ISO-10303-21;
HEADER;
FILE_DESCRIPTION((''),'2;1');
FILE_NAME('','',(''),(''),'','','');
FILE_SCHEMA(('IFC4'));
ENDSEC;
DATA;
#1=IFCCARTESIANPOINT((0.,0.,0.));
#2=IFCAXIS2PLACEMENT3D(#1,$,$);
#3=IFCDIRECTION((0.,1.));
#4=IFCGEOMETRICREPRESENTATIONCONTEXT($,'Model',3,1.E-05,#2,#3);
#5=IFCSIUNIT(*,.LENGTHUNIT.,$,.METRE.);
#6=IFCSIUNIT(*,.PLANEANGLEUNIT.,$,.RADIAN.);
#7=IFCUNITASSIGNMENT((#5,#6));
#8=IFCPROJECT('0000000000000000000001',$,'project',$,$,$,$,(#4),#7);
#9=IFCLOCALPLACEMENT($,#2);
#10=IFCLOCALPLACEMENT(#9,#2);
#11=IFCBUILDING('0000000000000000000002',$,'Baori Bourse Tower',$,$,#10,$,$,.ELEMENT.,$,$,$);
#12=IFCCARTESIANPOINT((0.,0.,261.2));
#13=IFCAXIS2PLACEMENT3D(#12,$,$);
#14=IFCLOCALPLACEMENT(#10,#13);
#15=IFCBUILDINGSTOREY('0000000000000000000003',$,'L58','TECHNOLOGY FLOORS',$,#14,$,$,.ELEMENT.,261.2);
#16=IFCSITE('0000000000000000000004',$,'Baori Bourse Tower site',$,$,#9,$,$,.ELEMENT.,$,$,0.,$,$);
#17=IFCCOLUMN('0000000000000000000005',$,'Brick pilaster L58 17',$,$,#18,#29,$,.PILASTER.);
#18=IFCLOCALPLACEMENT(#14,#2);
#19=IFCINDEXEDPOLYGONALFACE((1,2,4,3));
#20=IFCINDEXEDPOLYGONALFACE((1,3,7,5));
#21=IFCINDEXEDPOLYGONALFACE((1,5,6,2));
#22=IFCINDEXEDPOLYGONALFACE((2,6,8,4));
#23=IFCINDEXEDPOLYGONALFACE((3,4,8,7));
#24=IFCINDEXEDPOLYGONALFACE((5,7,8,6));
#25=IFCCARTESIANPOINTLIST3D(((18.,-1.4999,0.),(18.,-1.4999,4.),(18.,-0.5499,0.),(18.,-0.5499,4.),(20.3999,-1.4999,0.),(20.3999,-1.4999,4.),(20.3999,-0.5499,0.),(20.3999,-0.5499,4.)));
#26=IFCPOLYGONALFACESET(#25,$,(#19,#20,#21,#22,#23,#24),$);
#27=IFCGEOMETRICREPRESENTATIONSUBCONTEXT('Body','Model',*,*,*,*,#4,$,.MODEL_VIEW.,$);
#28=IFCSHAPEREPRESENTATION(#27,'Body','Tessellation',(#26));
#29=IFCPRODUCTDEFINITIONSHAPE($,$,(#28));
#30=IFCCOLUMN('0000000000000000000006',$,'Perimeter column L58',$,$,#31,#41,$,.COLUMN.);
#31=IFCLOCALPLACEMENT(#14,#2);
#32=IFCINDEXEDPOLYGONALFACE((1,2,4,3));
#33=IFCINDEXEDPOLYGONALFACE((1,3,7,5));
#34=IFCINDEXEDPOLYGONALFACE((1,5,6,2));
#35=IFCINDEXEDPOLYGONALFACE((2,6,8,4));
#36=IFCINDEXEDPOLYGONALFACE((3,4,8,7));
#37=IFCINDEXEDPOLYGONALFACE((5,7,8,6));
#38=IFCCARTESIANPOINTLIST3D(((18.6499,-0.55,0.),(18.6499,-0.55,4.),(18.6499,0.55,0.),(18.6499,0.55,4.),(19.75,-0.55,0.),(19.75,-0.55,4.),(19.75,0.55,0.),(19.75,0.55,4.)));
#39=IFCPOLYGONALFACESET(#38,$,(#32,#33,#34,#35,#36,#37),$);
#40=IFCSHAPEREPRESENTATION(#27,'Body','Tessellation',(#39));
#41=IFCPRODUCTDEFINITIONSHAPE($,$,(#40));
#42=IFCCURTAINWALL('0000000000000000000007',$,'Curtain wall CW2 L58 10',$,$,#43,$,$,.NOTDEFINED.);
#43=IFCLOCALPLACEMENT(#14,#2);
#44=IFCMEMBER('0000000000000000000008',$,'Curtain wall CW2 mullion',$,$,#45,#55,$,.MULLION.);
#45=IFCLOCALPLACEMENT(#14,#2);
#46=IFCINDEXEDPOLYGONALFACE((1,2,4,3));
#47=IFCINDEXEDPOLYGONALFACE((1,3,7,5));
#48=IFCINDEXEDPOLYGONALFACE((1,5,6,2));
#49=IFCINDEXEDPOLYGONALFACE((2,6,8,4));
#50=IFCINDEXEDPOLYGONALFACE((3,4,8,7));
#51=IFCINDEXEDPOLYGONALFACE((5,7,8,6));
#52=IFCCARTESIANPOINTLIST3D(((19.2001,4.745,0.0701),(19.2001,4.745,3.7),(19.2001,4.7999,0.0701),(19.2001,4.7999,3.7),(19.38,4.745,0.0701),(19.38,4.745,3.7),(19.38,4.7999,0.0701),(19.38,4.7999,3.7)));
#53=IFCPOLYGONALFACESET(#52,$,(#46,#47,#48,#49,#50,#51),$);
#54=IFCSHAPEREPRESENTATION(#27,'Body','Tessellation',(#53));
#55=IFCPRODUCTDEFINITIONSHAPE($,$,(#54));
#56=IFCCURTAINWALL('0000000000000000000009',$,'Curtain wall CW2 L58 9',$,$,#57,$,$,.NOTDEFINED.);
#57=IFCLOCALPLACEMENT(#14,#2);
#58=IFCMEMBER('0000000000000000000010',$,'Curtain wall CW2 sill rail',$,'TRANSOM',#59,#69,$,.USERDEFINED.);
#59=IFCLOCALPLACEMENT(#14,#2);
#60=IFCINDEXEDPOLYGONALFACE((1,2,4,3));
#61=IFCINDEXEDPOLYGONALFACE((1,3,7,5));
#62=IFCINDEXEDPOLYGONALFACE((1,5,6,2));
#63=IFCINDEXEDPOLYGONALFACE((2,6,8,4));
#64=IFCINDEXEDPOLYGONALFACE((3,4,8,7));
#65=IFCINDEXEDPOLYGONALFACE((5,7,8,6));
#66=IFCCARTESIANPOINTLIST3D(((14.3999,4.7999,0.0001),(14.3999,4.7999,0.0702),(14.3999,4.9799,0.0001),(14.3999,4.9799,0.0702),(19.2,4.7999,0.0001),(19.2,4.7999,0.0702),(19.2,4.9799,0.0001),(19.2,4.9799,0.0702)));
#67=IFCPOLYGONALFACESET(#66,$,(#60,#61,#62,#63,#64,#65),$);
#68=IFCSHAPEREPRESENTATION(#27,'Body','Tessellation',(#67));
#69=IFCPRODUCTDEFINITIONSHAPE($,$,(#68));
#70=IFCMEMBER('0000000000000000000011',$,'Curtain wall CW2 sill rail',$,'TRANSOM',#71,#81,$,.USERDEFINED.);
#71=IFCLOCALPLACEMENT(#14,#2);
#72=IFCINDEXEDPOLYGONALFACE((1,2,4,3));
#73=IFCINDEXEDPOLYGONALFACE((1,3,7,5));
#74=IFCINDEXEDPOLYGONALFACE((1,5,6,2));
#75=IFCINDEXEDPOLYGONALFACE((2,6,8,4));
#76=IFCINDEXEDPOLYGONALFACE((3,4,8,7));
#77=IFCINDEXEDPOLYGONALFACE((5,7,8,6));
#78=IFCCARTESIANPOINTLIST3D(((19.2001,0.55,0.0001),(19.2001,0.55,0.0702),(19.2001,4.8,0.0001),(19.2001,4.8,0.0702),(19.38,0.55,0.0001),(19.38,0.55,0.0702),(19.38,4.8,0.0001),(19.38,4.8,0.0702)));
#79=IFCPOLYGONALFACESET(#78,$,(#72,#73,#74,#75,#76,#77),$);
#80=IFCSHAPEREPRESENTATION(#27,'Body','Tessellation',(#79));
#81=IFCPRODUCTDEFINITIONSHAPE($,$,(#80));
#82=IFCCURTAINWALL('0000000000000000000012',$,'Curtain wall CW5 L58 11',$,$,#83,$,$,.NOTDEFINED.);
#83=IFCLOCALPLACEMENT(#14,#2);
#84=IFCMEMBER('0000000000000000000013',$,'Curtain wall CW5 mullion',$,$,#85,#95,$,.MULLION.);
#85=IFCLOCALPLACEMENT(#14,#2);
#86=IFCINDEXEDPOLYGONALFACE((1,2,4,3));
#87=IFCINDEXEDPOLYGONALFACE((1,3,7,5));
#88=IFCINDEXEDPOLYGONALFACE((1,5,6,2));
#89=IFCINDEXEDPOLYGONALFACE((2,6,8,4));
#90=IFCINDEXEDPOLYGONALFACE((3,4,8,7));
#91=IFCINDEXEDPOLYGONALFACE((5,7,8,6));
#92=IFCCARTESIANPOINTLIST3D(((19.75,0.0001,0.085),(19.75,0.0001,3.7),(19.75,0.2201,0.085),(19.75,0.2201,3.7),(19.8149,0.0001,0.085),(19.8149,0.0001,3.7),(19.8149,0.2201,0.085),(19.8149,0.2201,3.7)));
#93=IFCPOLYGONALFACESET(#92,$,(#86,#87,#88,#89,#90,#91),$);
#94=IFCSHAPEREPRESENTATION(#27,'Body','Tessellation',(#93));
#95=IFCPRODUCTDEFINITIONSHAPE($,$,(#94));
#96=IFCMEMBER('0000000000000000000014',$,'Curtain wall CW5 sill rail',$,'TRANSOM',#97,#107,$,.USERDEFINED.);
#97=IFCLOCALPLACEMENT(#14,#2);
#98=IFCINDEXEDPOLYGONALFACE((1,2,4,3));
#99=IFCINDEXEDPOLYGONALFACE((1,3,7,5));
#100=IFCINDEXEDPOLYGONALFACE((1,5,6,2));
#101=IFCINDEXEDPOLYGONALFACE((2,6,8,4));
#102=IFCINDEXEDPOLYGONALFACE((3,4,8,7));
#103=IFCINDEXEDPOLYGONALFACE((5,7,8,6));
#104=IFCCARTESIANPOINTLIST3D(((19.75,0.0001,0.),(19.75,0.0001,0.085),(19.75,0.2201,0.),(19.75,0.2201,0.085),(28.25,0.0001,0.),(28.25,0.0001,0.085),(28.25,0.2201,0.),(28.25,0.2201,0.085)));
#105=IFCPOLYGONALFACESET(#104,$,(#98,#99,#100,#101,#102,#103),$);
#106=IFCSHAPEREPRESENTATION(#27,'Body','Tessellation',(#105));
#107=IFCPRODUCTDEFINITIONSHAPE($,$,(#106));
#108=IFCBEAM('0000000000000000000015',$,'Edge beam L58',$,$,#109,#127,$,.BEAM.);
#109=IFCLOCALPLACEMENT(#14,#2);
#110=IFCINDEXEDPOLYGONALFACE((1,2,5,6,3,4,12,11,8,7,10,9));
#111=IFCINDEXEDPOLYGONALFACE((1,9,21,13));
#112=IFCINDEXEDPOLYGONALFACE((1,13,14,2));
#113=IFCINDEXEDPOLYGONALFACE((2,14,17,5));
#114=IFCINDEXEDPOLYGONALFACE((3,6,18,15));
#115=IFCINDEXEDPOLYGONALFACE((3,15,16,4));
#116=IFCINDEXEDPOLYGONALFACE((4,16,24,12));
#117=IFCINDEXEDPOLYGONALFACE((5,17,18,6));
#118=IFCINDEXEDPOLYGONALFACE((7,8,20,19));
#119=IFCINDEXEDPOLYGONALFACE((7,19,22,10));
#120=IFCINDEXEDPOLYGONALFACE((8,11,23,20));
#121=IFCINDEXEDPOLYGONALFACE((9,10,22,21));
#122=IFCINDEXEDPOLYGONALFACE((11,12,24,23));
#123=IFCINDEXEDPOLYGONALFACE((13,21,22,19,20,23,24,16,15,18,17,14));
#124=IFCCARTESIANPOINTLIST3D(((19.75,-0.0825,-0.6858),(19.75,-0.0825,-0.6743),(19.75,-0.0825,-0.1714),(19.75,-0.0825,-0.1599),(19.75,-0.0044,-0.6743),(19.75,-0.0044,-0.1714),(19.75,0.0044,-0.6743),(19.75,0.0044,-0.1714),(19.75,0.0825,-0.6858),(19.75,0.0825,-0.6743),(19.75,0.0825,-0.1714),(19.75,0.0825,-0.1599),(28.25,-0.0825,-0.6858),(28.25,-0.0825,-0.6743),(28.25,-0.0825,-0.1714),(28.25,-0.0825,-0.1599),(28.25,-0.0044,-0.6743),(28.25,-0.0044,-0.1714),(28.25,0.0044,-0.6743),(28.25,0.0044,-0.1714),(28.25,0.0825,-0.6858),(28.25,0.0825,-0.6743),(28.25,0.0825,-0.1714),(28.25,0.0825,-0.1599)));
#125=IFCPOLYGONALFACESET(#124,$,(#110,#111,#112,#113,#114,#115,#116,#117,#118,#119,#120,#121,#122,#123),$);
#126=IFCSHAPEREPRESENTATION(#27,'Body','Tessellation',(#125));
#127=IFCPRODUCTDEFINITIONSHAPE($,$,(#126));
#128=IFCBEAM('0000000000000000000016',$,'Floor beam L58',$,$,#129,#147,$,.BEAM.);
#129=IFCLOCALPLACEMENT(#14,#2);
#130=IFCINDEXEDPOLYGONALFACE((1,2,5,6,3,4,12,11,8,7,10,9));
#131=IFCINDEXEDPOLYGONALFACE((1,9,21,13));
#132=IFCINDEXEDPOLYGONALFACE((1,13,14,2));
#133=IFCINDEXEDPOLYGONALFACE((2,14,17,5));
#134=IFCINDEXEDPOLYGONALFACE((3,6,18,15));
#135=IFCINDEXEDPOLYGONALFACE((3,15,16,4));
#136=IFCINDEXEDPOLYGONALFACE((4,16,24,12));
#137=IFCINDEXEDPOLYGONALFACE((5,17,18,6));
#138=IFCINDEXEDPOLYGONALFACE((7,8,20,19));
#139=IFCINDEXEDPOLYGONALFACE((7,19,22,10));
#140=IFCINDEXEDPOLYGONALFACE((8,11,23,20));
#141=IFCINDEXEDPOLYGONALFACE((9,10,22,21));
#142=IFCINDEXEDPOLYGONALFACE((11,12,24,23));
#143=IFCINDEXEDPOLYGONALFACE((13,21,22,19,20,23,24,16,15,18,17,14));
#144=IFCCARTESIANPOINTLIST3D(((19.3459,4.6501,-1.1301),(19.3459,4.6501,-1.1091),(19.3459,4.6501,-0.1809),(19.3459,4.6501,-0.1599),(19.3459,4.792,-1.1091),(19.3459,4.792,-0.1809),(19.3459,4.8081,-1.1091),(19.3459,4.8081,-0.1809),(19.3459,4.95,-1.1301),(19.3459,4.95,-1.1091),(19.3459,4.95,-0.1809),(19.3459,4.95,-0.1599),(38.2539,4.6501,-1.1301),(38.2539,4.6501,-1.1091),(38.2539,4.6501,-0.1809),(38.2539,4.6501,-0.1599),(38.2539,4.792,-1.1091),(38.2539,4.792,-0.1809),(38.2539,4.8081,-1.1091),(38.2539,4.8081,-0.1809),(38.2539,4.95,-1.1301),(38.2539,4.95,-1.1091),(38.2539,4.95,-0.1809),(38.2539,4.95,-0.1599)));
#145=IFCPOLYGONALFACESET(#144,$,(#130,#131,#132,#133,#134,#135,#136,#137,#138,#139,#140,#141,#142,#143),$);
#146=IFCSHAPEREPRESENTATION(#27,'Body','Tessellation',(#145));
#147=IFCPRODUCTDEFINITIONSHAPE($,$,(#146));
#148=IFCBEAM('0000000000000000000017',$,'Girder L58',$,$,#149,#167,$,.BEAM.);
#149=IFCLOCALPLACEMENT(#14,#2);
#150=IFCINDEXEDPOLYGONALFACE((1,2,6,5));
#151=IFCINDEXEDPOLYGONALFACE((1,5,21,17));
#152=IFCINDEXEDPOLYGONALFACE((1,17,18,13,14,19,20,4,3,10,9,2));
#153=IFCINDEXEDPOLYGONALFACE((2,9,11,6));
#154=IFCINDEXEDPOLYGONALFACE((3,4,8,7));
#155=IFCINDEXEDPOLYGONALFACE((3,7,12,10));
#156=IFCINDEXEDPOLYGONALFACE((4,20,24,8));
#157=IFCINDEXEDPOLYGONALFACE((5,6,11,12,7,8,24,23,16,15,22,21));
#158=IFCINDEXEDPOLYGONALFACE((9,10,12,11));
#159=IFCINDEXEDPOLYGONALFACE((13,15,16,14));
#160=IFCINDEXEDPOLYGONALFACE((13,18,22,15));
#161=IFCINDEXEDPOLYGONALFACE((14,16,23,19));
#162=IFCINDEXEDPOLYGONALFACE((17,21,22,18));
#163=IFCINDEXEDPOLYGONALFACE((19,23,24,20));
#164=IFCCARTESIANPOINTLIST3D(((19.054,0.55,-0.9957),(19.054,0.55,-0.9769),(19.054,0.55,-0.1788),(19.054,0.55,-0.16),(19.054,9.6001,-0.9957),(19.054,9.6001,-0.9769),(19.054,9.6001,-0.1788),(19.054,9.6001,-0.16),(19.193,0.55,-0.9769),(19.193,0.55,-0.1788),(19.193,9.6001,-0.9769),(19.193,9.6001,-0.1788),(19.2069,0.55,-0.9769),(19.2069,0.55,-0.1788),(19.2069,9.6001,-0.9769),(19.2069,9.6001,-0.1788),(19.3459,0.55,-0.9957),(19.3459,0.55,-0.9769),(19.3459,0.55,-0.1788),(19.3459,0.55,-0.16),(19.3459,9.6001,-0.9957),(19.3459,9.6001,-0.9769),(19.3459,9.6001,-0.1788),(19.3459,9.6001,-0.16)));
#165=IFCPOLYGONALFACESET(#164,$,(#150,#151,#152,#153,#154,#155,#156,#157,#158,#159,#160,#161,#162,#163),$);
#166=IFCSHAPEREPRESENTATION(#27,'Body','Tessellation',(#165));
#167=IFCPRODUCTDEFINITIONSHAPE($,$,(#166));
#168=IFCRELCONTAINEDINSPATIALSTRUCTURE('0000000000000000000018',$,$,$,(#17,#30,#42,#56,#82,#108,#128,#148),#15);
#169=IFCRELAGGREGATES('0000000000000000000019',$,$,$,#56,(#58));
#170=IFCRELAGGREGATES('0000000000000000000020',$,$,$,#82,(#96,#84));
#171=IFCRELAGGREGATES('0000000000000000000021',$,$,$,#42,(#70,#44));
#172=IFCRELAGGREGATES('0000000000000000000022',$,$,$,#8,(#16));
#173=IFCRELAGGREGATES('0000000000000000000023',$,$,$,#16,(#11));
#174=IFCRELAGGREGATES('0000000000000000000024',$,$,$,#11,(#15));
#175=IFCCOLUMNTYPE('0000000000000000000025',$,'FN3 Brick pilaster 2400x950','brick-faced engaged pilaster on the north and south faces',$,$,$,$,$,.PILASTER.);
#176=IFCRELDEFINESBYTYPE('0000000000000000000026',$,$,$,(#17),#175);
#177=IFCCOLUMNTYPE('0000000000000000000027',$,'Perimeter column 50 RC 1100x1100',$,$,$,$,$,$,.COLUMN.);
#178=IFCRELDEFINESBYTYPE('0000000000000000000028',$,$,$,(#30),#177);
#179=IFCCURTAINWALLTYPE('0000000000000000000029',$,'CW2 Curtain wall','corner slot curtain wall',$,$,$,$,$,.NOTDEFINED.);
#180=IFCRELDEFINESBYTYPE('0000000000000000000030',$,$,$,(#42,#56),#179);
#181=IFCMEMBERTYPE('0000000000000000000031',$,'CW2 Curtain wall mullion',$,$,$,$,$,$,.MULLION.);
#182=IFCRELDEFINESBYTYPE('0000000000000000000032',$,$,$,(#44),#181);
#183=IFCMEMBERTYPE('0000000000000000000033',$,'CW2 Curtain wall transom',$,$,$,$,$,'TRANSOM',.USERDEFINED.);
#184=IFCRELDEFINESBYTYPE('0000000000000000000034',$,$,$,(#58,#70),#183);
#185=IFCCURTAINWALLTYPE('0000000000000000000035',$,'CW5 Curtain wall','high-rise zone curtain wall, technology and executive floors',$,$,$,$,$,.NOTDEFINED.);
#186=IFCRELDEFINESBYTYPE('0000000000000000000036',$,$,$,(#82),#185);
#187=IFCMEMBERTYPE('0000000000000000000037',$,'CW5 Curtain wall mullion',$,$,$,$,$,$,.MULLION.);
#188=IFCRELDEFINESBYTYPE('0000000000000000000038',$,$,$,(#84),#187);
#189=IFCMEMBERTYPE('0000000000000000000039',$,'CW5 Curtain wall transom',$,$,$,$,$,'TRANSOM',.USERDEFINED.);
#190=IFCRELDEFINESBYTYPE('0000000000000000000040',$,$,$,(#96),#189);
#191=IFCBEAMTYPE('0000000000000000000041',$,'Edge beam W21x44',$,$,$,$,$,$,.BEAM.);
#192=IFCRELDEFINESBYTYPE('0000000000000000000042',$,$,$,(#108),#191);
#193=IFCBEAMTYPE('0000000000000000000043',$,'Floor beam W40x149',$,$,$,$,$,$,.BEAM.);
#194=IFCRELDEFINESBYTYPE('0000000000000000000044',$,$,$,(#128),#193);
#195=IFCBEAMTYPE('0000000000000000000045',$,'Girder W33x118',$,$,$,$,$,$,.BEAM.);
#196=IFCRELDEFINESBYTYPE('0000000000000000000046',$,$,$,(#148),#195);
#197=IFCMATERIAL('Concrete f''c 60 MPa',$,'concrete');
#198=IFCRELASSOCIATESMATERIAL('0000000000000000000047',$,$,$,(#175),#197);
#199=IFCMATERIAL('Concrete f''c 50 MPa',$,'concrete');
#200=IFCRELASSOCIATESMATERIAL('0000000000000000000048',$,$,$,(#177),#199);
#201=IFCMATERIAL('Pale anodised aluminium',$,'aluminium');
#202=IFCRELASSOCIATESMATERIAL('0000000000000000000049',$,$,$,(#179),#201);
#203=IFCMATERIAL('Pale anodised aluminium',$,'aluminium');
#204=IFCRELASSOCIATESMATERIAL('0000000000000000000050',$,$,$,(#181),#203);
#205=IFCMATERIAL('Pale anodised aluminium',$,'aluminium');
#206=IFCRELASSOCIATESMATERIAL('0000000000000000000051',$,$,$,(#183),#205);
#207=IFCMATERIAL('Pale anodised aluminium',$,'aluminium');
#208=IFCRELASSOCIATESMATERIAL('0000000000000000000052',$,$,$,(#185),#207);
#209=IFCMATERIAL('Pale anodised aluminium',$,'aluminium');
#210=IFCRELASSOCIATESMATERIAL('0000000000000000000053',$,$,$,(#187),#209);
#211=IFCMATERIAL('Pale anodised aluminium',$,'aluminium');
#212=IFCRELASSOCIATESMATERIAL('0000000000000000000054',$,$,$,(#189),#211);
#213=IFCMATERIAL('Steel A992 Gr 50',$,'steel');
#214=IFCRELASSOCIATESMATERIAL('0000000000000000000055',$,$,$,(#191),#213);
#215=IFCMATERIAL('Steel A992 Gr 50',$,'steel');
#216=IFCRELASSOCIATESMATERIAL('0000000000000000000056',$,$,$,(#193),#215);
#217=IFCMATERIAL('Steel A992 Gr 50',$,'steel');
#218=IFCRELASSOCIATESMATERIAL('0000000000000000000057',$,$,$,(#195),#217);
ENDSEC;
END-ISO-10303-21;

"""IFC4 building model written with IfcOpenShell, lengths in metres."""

from ifc_helpers import new_model, si_unit, direction, frame, origin, origin_2d, place, context, subcontext, project, spatial, rectangle, i_section, extrude, material, material_profile, profile_set, type_object, element, aggregate, save


model = new_model("IFC4")

# Units and contexts
model_context = context("Model", 3, precision=1e-05, world=origin(), true_north=direction((0.0, 1.0)))
body_context = subcontext(model_context, "Body", "Model", "MODEL_VIEW")
ifc_project = project(units=[si_unit("LENGTHUNIT", "METRE"), si_unit("PLANEANGLEUNIT", "RADIAN")], contexts=[model_context])

# Site, building, storey
site_placement = place(None, origin())
site = spatial("IfcSite", under=ifc_project, at=site_placement, Name="Baori Bourse Tower site", CompositionType="ELEMENT", RefElevation=0.0)
building_placement = place(site_placement, origin())
building = spatial("IfcBuilding", under=site, at=building_placement, Name="Baori Bourse Tower", CompositionType="ELEMENT")
storey_placement = place(building_placement, frame((0.0, 0.0, 261.2)))
storey = spatial("IfcBuildingStorey", under=building, at=storey_placement, Name="L58", Description="TECHNOLOGY FLOORS", CompositionType="ELEMENT", Elevation=261.2)

# Columns
ifc_material_1 = material(Name="Concrete f'c 60 MPa", Category="concrete")
ifc_material_profile_1 = material_profile(ifc_material_1, rectangle(XDim=2.3999, YDim=0.95, at=origin_2d()), Name="RC 2400x950")
ifc_profile_set_1 = profile_set([ifc_material_profile_1], Name="Concrete f'c 60 MPa")
column_type_1 = type_object("IfcColumnType", Name="FN3 Brick pilaster 2400x950", Description="brick-faced engaged pilaster on the north and south faces", PredefinedType="PILASTER", material=ifc_profile_set_1)
column_1_placement = place(storey_placement, frame((19.2, -1.0249, 0.0), z_axis=(0.0, 0.0, 1.0), x_axis=(1.0, 0.0, 0.0)))
element("IfcColumn", 1, at=column_1_placement, inside=storey, type_object=column_type_1, Name="Brick pilaster L58 17", PredefinedType="PILASTER", context=body_context, shape_type="SweptSolid", body=[
    extrude(rectangle(XDim=2.3999, YDim=0.95, at=origin_2d()), origin(), (0.0, 0.0, 1.0), 4.0),
])
ifc_material_2 = material(Name="Concrete f'c 50 MPa", Category="concrete")
ifc_material_profile_2 = material_profile(ifc_material_2, rectangle(XDim=1.1001, YDim=1.1001, at=origin_2d()), Name="RC 1100x1100")
ifc_profile_set_2 = profile_set([ifc_material_profile_2], Name="Concrete f'c 50 MPa")
column_type_2 = type_object("IfcColumnType", Name="Perimeter column 50 RC 1100x1100", PredefinedType="COLUMN", material=ifc_profile_set_2)
column_2_placement = place(storey_placement, frame((19.2, 0.0, 0.0), z_axis=(0.0, 0.0, 1.0), x_axis=(1.0, 0.0, 0.0)))
element("IfcColumn", 2, at=column_2_placement, inside=storey, type_object=column_type_2, Name="Perimeter column L58", PredefinedType="COLUMN", context=body_context, shape_type="SweptSolid", body=[
    extrude(rectangle(XDim=1.1001, YDim=1.1001, at=origin_2d()), origin(), (0.0, 0.0, 1.0), 4.0),
])

# Curtain walls, members
ifc_material_3 = material(Name="Pale anodised aluminium", Category="aluminium")
curtain_wall_type_1 = type_object("IfcCurtainWallType", Name="CW2 Curtain wall", Description="corner slot curtain wall", PredefinedType="NOTDEFINED", material=ifc_material_3)
curtain_wall_1_placement = place(storey_placement, origin())
curtain_wall_1 = element("IfcCurtainWall", 3, at=curtain_wall_1_placement, inside=storey, type_object=curtain_wall_type_1, Name="Curtain wall CW2 L58 10", PredefinedType="NOTDEFINED")
ifc_material_4 = material(Name="Pale anodised aluminium", Category="aluminium")
ifc_material_profile_3 = material_profile(ifc_material_4, rectangle(XDim=0.1799, YDim=0.0549, at=origin_2d()), Name="Mullion 55x180")
ifc_profile_set_3 = profile_set([ifc_material_profile_3], Name="Pale anodised aluminium")
member_type_1 = type_object("IfcMemberType", Name="CW2 Curtain wall mullion", PredefinedType="MULLION", material=ifc_profile_set_3)
member_1_placement = place(storey_placement, frame((19.29, 4.7725, 0.0701), z_axis=(0.0, 0.0, 1.0), x_axis=(1.0, 0.0, 0.0)))
member_1 = element("IfcMember", 4, at=member_1_placement, type_object=member_type_1, Name="Curtain wall CW2 mullion", PredefinedType="MULLION", context=body_context, shape_type="SweptSolid", body=[
    extrude(rectangle(XDim=0.1799, YDim=0.0549, at=origin_2d()), origin(), (0.0, 0.0, 1.0), 3.6299),
])
curtain_wall_2_placement = place(storey_placement, origin())
curtain_wall_2 = element("IfcCurtainWall", 5, at=curtain_wall_2_placement, inside=storey, type_object=curtain_wall_type_1, Name="Curtain wall CW2 L58 9", PredefinedType="NOTDEFINED")
ifc_material_5 = material(Name="Pale anodised aluminium", Category="aluminium")
ifc_material_profile_4 = material_profile(ifc_material_5, rectangle(XDim=0.1799, YDim=0.0701, at=origin_2d()), Name="Transom 70x180")
ifc_profile_set_4 = profile_set([ifc_material_profile_4], Name="Pale anodised aluminium")
member_type_2 = type_object("IfcMemberType", Name="CW2 Curtain wall transom", ElementType="TRANSOM", PredefinedType="USERDEFINED", material=ifc_profile_set_4)
member_2_placement = place(storey_placement, frame((14.3999, 4.8899, 0.0352), z_axis=(1.0, 0.0, 0.0), x_axis=(0.0, 1.0, 0.0)))
member_2 = element("IfcMember", 6, at=member_2_placement, type_object=member_type_2, Name="Curtain wall CW2 sill rail", ObjectType="TRANSOM", PredefinedType="USERDEFINED", context=body_context, shape_type="SweptSolid", body=[
    extrude(rectangle(XDim=0.1799, YDim=0.0701, at=origin_2d()), origin(), (0.0, 0.0, 1.0), 4.8),
])
aggregate(curtain_wall_2, [member_2])

# Member
member_3_placement = place(storey_placement, frame((19.29, 4.8, 0.0352), z_axis=(0.0, -1.0, 0.0), x_axis=(1.0, 0.0, 0.0)))
member_3 = element("IfcMember", 7, at=member_3_placement, type_object=member_type_2, Name="Curtain wall CW2 sill rail", ObjectType="TRANSOM", PredefinedType="USERDEFINED", context=body_context, shape_type="SweptSolid", body=[
    extrude(rectangle(XDim=0.1799, YDim=0.0701, at=origin_2d()), origin(), (0.0, 0.0, 1.0), 4.25),
])

# Curtain wall, members
ifc_material_6 = material(Name="Pale anodised aluminium", Category="aluminium")
curtain_wall_type_2 = type_object("IfcCurtainWallType", Name="CW5 Curtain wall", Description="high-rise zone curtain wall, technology and executive floors", PredefinedType="NOTDEFINED", material=ifc_material_6)
curtain_wall_3_placement = place(storey_placement, origin())
curtain_wall_3 = element("IfcCurtainWall", 8, at=curtain_wall_3_placement, inside=storey, type_object=curtain_wall_type_2, Name="Curtain wall CW5 L58 11", PredefinedType="NOTDEFINED")
ifc_material_7 = material(Name="Pale anodised aluminium", Category="aluminium")
ifc_material_profile_5 = material_profile(ifc_material_7, rectangle(XDim=0.22, YDim=0.0649, at=origin_2d()), Name="Mullion 65x220")
ifc_profile_set_5 = profile_set([ifc_material_profile_5], Name="Pale anodised aluminium")
member_type_3 = type_object("IfcMemberType", Name="CW5 Curtain wall mullion", PredefinedType="MULLION", material=ifc_profile_set_5)
member_4_placement = place(storey_placement, frame((19.7825, 0.1101, 0.085), z_axis=(0.0, 0.0, 1.0), x_axis=(0.0, 1.0, 0.0)))
member_4 = element("IfcMember", 9, at=member_4_placement, type_object=member_type_3, Name="Curtain wall CW5 mullion", PredefinedType="MULLION", context=body_context, shape_type="SweptSolid", body=[
    extrude(rectangle(XDim=0.22, YDim=0.0649, at=origin_2d()), origin(), (0.0, 0.0, 1.0), 3.615),
])
ifc_material_8 = material(Name="Pale anodised aluminium", Category="aluminium")
ifc_material_profile_6 = material_profile(ifc_material_8, rectangle(XDim=0.22, YDim=0.085, at=origin_2d()), Name="Transom 85x220")
ifc_profile_set_6 = profile_set([ifc_material_profile_6], Name="Pale anodised aluminium")
member_type_4 = type_object("IfcMemberType", Name="CW5 Curtain wall transom", ElementType="TRANSOM", PredefinedType="USERDEFINED", material=ifc_profile_set_6)
member_5_placement = place(storey_placement, frame((19.75, 0.1101, 0.0425), z_axis=(1.0, 0.0, 0.0), x_axis=(0.0, 1.0, 0.0)))
member_5 = element("IfcMember", 10, at=member_5_placement, type_object=member_type_4, Name="Curtain wall CW5 sill rail", ObjectType="TRANSOM", PredefinedType="USERDEFINED", context=body_context, shape_type="SweptSolid", body=[
    extrude(rectangle(XDim=0.22, YDim=0.085, at=origin_2d()), origin(), (0.0, 0.0, 1.0), 8.5),
])
aggregate(curtain_wall_3, [member_5, member_4])

# Beams
ifc_material_9 = material(Name="Steel A992 Gr 50", Category="steel")
ifc_material_profile_7 = material_profile(ifc_material_9, i_section(OverallWidth=0.165, OverallDepth=0.5259, WebThickness=0.0088, FlangeThickness=0.0115, at=origin_2d()), Name="W21x44")
ifc_profile_set_7 = profile_set([ifc_material_profile_7], Name="Steel A992 Gr 50")
beam_type_1 = type_object("IfcBeamType", Name="Edge beam W21x44", PredefinedType="BEAM", material=ifc_profile_set_7)
beam_1_placement = place(storey_placement, frame((19.75, 0.0, -0.4229), z_axis=(1.0, 0.0, 0.0), x_axis=(0.0, 1.0, 0.0)))
element("IfcBeam", 11, at=beam_1_placement, inside=storey, type_object=beam_type_1, Name="Edge beam L58", PredefinedType="BEAM", context=body_context, shape_type="SweptSolid", body=[
    extrude(i_section(OverallWidth=0.165, OverallDepth=0.5259, WebThickness=0.0088, FlangeThickness=0.0115, at=origin_2d()), origin(), (0.0, 0.0, 1.0), 8.5),
])
ifc_material_10 = material(Name="Steel A992 Gr 50", Category="steel")
ifc_material_profile_8 = material_profile(ifc_material_10, i_section(OverallWidth=0.2998, OverallDepth=0.9702, WebThickness=0.0161, FlangeThickness=0.021, at=origin_2d()), Name="W40x149")
ifc_profile_set_8 = profile_set([ifc_material_profile_8], Name="Steel A992 Gr 50")
beam_type_2 = type_object("IfcBeamType", Name="Floor beam W40x149", PredefinedType="BEAM", material=ifc_profile_set_8)
beam_2_placement = place(storey_placement, frame((19.3459, 4.8, -0.645), z_axis=(1.0, 0.0, 0.0), x_axis=(0.0, 1.0, 0.0)))
element("IfcBeam", 12, at=beam_2_placement, inside=storey, type_object=beam_type_2, Name="Floor beam L58", PredefinedType="BEAM", context=body_context, shape_type="SweptSolid", body=[
    extrude(i_section(OverallWidth=0.2998, OverallDepth=0.9702, WebThickness=0.0161, FlangeThickness=0.021, at=origin_2d()), origin(), (0.0, 0.0, 1.0), 18.908),
])
ifc_material_11 = material(Name="Steel A992 Gr 50", Category="steel")
ifc_material_profile_9 = material_profile(ifc_material_11, i_section(OverallWidth=0.292, OverallDepth=0.8357, WebThickness=0.0139, FlangeThickness=0.0188, at=origin_2d()), Name="W33x118")
ifc_profile_set_9 = profile_set([ifc_material_profile_9], Name="Steel A992 Gr 50")
beam_type_3 = type_object("IfcBeamType", Name="Girder W33x118", PredefinedType="BEAM", material=ifc_profile_set_9)
beam_3_placement = place(storey_placement, frame((19.2, 0.55, -0.5779), z_axis=(0.0, 1.0, 0.0), x_axis=(-1.0, 0.0, 0.0)))
element("IfcBeam", 13, at=beam_3_placement, inside=storey, type_object=beam_type_3, Name="Girder L58", PredefinedType="BEAM", context=body_context, shape_type="SweptSolid", body=[
    extrude(i_section(OverallWidth=0.292, OverallDepth=0.8357, WebThickness=0.0139, FlangeThickness=0.0188, at=origin_2d()), origin(), (0.0, 0.0, 1.0), 9.05),
])

aggregate(curtain_wall_1, [member_3, member_1])

save(model, "model.ifc")
